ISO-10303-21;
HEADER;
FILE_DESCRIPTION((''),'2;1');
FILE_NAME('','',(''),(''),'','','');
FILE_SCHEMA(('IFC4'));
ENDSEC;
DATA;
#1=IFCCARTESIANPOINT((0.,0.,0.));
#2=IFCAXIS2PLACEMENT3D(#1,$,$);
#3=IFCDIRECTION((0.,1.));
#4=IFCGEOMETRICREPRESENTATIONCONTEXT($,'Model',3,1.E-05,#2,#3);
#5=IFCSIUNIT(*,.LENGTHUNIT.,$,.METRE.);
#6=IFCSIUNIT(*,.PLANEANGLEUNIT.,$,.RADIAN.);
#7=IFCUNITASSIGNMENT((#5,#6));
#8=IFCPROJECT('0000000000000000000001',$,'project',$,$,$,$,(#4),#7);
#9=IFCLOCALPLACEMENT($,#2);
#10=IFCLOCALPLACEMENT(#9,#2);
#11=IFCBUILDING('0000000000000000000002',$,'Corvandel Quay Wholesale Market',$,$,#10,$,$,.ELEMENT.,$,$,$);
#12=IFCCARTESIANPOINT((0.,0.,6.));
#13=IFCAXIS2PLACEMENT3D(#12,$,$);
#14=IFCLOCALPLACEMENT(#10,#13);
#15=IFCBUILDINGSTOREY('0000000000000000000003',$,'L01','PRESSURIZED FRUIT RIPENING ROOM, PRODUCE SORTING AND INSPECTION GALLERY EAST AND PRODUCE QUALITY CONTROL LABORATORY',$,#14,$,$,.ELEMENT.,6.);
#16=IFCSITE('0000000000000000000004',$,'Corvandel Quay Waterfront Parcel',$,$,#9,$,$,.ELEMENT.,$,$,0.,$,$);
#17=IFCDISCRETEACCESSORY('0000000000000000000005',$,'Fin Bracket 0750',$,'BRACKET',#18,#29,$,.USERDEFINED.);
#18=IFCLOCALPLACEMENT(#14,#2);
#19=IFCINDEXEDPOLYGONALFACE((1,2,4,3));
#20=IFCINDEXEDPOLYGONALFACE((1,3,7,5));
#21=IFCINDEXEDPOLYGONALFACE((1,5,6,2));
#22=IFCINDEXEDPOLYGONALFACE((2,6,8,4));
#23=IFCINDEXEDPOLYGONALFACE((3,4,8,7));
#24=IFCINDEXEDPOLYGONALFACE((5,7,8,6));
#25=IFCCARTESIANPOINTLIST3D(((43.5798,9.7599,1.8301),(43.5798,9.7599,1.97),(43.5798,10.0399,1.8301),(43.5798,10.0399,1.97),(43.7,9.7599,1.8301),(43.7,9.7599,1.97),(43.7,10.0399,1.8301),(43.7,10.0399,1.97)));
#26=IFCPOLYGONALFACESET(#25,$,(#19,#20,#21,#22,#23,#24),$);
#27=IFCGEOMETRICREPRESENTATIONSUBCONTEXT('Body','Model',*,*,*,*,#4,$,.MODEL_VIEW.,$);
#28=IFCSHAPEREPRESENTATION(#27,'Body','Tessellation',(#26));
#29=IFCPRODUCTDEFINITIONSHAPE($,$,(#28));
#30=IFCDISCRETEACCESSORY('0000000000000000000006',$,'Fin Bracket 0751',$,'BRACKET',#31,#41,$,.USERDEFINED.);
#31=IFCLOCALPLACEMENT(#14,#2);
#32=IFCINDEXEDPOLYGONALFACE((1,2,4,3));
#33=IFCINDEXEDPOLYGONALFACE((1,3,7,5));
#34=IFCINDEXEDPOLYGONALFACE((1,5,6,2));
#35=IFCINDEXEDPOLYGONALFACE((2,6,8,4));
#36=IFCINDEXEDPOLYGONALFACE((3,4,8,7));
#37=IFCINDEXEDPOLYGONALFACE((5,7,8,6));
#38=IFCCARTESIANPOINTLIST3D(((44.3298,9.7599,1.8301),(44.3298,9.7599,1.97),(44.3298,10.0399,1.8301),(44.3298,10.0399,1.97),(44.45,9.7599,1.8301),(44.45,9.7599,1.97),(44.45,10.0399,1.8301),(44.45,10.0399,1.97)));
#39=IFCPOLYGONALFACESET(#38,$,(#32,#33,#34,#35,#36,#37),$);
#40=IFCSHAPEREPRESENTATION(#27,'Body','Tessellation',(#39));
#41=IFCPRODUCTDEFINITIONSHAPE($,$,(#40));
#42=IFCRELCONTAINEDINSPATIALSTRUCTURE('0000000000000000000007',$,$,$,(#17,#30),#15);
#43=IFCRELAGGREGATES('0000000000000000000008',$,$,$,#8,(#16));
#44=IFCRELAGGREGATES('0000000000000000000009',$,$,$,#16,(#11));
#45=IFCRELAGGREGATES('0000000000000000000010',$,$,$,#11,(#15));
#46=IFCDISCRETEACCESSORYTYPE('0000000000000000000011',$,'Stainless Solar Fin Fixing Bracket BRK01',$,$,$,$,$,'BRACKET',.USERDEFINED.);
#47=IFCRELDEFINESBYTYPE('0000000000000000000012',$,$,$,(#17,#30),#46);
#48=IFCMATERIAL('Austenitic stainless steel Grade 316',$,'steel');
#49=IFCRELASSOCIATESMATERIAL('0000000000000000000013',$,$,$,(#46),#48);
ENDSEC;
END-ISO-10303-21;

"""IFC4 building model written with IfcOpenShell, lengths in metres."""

from ifc_helpers import new_model, si_unit, direction, frame, origin, origin_2d, place, context, subcontext, project, spatial, rectangle, extrude, material, type_object, element, save


model = new_model("IFC4")

# Units and contexts
model_context = context("Model", 3, precision=1e-05, world=origin(), true_north=direction((0.0, 1.0)))
body_context = subcontext(model_context, "Body", "Model", "MODEL_VIEW")
ifc_project = project(units=[si_unit("LENGTHUNIT", "METRE"), si_unit("PLANEANGLEUNIT", "RADIAN")], contexts=[model_context])

# Site, building, storey
site_placement = place(None, origin())
site = spatial("IfcSite", under=ifc_project, at=site_placement, Name="Corvandel Quay Waterfront Parcel", CompositionType="ELEMENT", RefElevation=0.0)
building_placement = place(site_placement, origin())
building = spatial("IfcBuilding", under=site, at=building_placement, Name="Corvandel Quay Wholesale Market", CompositionType="ELEMENT")
storey_placement = place(building_placement, frame((0.0, 0.0, 6.0)))
storey = spatial("IfcBuildingStorey", under=building, at=storey_placement, Name="L01", Description="PRESSURIZED FRUIT RIPENING ROOM, PRODUCE SORTING AND INSPECTION GALLERY EAST AND PRODUCE QUALITY CONTROL LABORATORY", CompositionType="ELEMENT", Elevation=6.0)

# Discrete accessories
ifc_material_1 = material(Name="Austenitic stainless steel Grade 316", Category="steel")
discrete_accessory_type = type_object("IfcDiscreteAccessoryType", Name="Stainless Solar Fin Fixing Bracket BRK01", ElementType="BRACKET", PredefinedType="USERDEFINED", material=ifc_material_1)
for number, where, z_axis, x_axis, name in (
    (1, (43.6399, 9.8999, 1.8301), (0.0, 0.0, 1.0), (0.0, 1.0, 0.0), "Fin Bracket 0750"),
    (2, (44.3899, 9.8999, 1.8301), (0.0, 0.0, 1.0), (0.0, 1.0, 0.0), "Fin Bracket 0751"),
):
    element("IfcDiscreteAccessory", number, at=place(storey_placement, frame(where, z_axis=z_axis, x_axis=x_axis)), inside=storey, type_object=discrete_accessory_type, Name=name, ObjectType="BRACKET", PredefinedType="USERDEFINED", context=body_context, shape_type="SweptSolid", body=[
        extrude(rectangle(XDim=0.28, YDim=0.1201, at=origin_2d()), origin(), (0.0, 0.0, 1.0), 0.1399),
    ])

save(model, "model.ifc")
